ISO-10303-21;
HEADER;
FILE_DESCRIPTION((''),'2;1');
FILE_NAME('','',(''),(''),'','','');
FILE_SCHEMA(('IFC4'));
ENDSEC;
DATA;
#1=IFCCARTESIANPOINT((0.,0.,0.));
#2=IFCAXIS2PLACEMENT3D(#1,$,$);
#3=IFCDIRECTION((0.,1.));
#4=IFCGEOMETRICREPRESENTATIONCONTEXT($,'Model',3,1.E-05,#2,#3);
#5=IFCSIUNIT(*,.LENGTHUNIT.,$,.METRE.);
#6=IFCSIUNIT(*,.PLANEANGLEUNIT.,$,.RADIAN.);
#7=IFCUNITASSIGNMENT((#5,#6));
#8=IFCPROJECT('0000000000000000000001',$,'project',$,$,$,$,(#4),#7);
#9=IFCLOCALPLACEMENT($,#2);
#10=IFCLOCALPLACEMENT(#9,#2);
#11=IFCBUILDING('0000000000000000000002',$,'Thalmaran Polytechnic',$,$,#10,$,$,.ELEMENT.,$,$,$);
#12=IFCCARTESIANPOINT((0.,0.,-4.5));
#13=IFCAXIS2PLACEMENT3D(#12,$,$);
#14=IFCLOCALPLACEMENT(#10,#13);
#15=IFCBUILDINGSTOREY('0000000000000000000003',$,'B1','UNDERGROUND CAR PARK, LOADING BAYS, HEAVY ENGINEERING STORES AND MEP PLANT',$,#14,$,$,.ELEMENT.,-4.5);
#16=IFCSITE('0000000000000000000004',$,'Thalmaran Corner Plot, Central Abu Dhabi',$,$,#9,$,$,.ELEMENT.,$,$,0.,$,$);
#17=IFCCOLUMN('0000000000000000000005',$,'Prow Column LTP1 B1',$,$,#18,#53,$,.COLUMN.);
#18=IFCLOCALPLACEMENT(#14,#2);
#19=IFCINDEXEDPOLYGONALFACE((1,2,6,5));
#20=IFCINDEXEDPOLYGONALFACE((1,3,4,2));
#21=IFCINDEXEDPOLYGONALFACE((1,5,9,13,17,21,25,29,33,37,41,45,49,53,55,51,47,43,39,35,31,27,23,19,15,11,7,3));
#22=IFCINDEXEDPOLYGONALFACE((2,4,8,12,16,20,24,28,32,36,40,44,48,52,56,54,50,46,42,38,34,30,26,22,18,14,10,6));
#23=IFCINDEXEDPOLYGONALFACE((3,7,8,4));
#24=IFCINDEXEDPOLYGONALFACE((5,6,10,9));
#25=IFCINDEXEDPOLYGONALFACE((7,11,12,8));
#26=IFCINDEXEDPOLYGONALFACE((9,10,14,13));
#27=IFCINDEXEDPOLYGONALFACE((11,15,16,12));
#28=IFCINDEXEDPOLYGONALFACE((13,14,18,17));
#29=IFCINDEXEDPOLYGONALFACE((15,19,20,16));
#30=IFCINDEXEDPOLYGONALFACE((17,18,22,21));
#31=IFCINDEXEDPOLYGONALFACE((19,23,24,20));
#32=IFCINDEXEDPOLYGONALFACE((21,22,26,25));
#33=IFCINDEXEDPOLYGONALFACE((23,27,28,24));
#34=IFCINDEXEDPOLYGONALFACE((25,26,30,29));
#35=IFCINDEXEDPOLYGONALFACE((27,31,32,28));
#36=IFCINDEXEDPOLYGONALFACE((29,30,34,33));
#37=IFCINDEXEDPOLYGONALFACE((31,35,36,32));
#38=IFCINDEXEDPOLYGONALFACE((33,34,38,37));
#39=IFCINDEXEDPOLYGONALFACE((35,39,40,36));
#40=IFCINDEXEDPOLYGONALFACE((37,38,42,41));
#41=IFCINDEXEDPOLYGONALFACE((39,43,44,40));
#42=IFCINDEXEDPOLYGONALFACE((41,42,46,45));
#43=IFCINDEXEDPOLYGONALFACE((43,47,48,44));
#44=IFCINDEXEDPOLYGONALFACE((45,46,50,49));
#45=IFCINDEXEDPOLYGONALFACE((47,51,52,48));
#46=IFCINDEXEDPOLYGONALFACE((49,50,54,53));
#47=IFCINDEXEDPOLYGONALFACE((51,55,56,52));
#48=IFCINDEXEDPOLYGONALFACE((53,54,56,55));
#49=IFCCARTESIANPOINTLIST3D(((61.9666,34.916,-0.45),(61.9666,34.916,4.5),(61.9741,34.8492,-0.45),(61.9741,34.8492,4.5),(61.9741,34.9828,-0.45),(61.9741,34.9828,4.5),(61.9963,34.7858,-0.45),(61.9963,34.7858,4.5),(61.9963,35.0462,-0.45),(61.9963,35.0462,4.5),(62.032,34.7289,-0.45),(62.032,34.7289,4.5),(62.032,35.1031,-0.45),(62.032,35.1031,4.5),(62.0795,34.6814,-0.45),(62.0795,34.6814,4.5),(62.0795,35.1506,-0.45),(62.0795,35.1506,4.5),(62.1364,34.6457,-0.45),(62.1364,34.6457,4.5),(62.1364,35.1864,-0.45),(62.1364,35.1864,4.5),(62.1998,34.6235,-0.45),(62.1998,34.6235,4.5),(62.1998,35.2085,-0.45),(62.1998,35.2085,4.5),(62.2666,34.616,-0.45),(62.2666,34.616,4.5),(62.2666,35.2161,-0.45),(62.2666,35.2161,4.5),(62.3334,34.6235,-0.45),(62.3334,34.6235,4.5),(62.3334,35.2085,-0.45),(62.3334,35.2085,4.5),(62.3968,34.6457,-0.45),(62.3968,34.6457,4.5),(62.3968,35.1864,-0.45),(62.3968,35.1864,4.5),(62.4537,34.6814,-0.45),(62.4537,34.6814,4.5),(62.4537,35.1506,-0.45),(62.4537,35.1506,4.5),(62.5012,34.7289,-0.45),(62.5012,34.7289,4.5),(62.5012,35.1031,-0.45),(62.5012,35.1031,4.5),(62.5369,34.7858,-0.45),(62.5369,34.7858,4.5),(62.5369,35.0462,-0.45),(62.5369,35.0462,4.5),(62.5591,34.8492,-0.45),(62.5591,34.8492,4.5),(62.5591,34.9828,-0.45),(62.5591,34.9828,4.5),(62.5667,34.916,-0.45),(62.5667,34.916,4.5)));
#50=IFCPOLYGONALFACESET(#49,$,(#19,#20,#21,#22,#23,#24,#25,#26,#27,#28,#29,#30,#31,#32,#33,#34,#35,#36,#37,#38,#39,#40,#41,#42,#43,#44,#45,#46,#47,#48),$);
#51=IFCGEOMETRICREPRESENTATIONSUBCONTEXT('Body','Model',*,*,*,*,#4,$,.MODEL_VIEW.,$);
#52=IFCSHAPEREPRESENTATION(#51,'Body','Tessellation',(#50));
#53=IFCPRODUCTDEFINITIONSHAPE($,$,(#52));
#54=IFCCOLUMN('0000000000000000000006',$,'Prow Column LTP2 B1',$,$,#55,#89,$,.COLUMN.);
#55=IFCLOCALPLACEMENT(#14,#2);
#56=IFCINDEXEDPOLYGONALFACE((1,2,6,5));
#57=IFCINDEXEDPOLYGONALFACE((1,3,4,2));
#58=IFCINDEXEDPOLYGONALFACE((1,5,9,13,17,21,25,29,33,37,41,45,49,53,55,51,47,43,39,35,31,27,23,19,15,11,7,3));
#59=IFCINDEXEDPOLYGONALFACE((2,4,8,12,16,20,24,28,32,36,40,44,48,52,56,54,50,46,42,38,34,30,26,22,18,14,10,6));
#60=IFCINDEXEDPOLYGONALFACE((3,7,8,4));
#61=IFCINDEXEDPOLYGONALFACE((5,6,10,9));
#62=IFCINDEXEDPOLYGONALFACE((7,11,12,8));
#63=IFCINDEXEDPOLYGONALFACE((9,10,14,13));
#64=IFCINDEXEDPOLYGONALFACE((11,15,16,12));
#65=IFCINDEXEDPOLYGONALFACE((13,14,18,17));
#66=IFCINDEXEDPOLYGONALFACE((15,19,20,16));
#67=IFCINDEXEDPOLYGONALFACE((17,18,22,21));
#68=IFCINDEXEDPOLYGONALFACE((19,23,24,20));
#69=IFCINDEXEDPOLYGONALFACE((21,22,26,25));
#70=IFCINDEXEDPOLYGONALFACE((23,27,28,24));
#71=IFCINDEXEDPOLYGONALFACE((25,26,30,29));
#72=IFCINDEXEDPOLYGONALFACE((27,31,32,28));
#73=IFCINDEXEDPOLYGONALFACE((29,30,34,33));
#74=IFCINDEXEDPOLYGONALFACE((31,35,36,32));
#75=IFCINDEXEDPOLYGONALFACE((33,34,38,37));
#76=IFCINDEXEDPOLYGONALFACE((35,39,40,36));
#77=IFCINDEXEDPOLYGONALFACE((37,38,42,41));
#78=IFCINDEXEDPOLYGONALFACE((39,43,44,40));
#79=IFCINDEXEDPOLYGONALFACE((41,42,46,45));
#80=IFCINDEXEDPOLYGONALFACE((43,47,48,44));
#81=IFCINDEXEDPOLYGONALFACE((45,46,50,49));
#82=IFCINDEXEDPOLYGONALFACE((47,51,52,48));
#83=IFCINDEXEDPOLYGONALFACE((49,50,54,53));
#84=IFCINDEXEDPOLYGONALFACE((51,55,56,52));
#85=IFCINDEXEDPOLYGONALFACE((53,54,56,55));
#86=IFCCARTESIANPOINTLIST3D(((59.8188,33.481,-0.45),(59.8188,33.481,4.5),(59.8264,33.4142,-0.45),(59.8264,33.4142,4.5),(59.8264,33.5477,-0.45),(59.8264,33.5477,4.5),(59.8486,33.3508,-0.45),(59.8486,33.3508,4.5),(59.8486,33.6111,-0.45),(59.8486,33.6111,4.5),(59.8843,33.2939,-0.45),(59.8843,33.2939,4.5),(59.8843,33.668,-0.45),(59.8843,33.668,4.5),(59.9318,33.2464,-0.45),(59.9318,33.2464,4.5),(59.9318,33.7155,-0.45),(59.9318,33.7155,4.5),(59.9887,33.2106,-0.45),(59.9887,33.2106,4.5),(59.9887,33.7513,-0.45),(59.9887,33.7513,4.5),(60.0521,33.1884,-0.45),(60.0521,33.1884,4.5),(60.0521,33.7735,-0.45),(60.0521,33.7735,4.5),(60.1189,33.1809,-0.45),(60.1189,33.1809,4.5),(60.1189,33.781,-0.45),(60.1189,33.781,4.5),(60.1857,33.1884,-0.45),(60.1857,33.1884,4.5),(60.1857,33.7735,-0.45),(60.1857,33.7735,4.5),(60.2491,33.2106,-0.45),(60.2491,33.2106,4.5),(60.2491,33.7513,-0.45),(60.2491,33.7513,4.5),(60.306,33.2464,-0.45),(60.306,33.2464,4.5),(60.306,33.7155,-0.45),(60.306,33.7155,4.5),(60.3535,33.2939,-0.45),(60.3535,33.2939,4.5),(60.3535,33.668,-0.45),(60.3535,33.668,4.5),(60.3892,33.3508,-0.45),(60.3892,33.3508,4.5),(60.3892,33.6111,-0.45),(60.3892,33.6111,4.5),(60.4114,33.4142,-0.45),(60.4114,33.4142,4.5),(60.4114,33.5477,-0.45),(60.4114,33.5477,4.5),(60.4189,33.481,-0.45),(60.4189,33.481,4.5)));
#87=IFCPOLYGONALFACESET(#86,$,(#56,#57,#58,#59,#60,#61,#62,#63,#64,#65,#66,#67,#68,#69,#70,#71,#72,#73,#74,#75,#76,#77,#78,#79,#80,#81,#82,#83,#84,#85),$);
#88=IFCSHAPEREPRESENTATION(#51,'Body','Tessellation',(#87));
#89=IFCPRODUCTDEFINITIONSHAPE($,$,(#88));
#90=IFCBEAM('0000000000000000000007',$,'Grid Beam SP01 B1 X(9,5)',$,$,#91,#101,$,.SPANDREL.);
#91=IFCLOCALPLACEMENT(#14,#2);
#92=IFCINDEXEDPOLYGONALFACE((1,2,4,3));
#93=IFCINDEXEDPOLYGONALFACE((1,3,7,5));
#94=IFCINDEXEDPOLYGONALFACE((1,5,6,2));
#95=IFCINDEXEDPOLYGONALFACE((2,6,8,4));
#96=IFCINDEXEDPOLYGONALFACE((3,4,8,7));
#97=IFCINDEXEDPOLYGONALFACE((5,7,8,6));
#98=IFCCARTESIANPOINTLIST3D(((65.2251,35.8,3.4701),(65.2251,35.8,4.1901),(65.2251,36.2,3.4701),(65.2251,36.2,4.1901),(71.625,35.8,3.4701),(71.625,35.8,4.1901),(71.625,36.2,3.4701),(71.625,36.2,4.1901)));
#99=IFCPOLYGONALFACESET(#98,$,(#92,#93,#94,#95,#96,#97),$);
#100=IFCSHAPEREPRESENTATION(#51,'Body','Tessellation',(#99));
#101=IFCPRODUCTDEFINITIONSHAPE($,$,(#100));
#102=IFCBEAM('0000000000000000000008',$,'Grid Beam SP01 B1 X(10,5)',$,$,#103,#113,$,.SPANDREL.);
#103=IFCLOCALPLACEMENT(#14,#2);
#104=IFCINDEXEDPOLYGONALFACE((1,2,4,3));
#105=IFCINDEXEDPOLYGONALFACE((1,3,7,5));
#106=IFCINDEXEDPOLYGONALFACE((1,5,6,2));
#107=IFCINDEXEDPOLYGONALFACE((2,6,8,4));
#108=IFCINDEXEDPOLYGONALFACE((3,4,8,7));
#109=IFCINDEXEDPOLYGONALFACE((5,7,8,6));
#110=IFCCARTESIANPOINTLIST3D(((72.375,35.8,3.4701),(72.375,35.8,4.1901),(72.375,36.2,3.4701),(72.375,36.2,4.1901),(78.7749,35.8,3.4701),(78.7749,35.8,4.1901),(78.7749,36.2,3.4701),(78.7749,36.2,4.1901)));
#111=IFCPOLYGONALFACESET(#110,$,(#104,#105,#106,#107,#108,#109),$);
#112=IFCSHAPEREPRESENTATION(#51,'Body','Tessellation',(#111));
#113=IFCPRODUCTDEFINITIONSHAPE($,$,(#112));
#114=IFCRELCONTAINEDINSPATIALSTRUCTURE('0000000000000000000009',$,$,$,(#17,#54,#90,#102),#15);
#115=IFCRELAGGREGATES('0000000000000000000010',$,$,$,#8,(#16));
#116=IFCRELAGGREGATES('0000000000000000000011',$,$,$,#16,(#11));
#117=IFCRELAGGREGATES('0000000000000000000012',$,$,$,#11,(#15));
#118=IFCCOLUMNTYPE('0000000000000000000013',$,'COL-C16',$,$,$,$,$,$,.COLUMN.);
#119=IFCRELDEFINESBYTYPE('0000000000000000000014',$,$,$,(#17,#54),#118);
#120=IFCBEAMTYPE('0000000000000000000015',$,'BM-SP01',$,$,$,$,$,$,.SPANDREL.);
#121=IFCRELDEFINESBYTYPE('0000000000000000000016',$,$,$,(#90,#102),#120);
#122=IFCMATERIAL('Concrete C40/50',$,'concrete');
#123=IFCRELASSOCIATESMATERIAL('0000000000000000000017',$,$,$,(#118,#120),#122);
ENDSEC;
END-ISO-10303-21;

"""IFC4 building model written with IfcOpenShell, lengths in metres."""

from ifc_helpers import new_model, si_unit, direction, frame, origin, origin_2d, place, context, subcontext, project, spatial, rectangle, circle, extrude, material, material_profile, profile_set, type_object, element, save


model = new_model("IFC4")

# Units and contexts
model_context = context("Model", 3, precision=1e-05, world=origin(), true_north=direction((0.0, 1.0)))
body_context = subcontext(model_context, "Body", "Model", "MODEL_VIEW")
ifc_project = project(units=[si_unit("LENGTHUNIT", "METRE"), si_unit("PLANEANGLEUNIT", "RADIAN")], contexts=[model_context])

# Site, building, storey
site_placement = place(None, origin())
site = spatial("IfcSite", under=ifc_project, at=site_placement, Name="Thalmaran Corner Plot, Central Abu Dhabi", CompositionType="ELEMENT", RefElevation=0.0)
building_placement = place(site_placement, origin())
building = spatial("IfcBuilding", under=site, at=building_placement, Name="Thalmaran Polytechnic", CompositionType="ELEMENT")
storey_placement = place(building_placement, frame((0.0, 0.0, -4.5)))
storey = spatial("IfcBuildingStorey", under=building, at=storey_placement, Name="B1", Description="UNDERGROUND CAR PARK, LOADING BAYS, HEAVY ENGINEERING STORES AND MEP PLANT", CompositionType="ELEMENT", Elevation=-4.5)

# Shared definitions
ifc_material_1 = material(Name="Concrete C40/50", Category="concrete")

# Columns
ifc_material_profile_1 = material_profile(ifc_material_1, circle(Radius=0.3, at=origin_2d()), Name="RC 600 DIA")
ifc_profile_set_1 = profile_set([ifc_material_profile_1], Name="Concrete C40/50")
column_type_1 = type_object("IfcColumnType", Name="COL-C16", PredefinedType="COLUMN", material=ifc_profile_set_1)
for number, where, z_axis, x_axis, name in (
    (1, (62.2666, 34.916, -0.45), (0.0, 0.0, 1.0), (1.0, 0.0, 0.0), "Prow Column LTP1 B1"),
    (2, (60.1189, 33.481, -0.45), (0.0, 0.0, 1.0), (1.0, 0.0, 0.0), "Prow Column LTP2 B1"),
):
    element("IfcColumn", number, at=place(storey_placement, frame(where, z_axis=z_axis, x_axis=x_axis)), inside=storey, type_object=column_type_1, Name=name, PredefinedType="COLUMN", context=body_context, shape_type="SweptSolid", body=[
        extrude(circle(Radius=0.3, at=origin_2d()), origin(), (0.0, 0.0, 1.0), 4.95),
    ])

# Beams
ifc_material_profile_2 = material_profile(ifc_material_1, rectangle(XDim=0.3999, YDim=0.72, at=origin_2d()), Name="RC 400x720")
ifc_profile_set_2 = profile_set([ifc_material_profile_2], Name="Concrete C40/50")
beam_type = type_object("IfcBeamType", Name="BM-SP01", PredefinedType="SPANDREL", material=ifc_profile_set_2)
for number, where, z_axis, x_axis, name in (
    (3, (65.2251, 36.0, 3.8301), (1.0, 0.0, 0.0), (0.0, 1.0, 0.0), "Grid Beam SP01 B1 X(9,5)"),
    (4, (72.375, 36.0, 3.8301), (1.0, 0.0, 0.0), (0.0, 1.0, 0.0), "Grid Beam SP01 B1 X(10,5)"),
):
    element("IfcBeam", number, at=place(storey_placement, frame(where, z_axis=z_axis, x_axis=x_axis)), inside=storey, type_object=beam_type, Name=name, PredefinedType="SPANDREL", context=body_context, shape_type="SweptSolid", body=[
        extrude(rectangle(XDim=0.3999, YDim=0.72, at=origin_2d()), origin(), (0.0, 0.0, 1.0), 6.3999),
    ])

save(model, "model.ifc")
